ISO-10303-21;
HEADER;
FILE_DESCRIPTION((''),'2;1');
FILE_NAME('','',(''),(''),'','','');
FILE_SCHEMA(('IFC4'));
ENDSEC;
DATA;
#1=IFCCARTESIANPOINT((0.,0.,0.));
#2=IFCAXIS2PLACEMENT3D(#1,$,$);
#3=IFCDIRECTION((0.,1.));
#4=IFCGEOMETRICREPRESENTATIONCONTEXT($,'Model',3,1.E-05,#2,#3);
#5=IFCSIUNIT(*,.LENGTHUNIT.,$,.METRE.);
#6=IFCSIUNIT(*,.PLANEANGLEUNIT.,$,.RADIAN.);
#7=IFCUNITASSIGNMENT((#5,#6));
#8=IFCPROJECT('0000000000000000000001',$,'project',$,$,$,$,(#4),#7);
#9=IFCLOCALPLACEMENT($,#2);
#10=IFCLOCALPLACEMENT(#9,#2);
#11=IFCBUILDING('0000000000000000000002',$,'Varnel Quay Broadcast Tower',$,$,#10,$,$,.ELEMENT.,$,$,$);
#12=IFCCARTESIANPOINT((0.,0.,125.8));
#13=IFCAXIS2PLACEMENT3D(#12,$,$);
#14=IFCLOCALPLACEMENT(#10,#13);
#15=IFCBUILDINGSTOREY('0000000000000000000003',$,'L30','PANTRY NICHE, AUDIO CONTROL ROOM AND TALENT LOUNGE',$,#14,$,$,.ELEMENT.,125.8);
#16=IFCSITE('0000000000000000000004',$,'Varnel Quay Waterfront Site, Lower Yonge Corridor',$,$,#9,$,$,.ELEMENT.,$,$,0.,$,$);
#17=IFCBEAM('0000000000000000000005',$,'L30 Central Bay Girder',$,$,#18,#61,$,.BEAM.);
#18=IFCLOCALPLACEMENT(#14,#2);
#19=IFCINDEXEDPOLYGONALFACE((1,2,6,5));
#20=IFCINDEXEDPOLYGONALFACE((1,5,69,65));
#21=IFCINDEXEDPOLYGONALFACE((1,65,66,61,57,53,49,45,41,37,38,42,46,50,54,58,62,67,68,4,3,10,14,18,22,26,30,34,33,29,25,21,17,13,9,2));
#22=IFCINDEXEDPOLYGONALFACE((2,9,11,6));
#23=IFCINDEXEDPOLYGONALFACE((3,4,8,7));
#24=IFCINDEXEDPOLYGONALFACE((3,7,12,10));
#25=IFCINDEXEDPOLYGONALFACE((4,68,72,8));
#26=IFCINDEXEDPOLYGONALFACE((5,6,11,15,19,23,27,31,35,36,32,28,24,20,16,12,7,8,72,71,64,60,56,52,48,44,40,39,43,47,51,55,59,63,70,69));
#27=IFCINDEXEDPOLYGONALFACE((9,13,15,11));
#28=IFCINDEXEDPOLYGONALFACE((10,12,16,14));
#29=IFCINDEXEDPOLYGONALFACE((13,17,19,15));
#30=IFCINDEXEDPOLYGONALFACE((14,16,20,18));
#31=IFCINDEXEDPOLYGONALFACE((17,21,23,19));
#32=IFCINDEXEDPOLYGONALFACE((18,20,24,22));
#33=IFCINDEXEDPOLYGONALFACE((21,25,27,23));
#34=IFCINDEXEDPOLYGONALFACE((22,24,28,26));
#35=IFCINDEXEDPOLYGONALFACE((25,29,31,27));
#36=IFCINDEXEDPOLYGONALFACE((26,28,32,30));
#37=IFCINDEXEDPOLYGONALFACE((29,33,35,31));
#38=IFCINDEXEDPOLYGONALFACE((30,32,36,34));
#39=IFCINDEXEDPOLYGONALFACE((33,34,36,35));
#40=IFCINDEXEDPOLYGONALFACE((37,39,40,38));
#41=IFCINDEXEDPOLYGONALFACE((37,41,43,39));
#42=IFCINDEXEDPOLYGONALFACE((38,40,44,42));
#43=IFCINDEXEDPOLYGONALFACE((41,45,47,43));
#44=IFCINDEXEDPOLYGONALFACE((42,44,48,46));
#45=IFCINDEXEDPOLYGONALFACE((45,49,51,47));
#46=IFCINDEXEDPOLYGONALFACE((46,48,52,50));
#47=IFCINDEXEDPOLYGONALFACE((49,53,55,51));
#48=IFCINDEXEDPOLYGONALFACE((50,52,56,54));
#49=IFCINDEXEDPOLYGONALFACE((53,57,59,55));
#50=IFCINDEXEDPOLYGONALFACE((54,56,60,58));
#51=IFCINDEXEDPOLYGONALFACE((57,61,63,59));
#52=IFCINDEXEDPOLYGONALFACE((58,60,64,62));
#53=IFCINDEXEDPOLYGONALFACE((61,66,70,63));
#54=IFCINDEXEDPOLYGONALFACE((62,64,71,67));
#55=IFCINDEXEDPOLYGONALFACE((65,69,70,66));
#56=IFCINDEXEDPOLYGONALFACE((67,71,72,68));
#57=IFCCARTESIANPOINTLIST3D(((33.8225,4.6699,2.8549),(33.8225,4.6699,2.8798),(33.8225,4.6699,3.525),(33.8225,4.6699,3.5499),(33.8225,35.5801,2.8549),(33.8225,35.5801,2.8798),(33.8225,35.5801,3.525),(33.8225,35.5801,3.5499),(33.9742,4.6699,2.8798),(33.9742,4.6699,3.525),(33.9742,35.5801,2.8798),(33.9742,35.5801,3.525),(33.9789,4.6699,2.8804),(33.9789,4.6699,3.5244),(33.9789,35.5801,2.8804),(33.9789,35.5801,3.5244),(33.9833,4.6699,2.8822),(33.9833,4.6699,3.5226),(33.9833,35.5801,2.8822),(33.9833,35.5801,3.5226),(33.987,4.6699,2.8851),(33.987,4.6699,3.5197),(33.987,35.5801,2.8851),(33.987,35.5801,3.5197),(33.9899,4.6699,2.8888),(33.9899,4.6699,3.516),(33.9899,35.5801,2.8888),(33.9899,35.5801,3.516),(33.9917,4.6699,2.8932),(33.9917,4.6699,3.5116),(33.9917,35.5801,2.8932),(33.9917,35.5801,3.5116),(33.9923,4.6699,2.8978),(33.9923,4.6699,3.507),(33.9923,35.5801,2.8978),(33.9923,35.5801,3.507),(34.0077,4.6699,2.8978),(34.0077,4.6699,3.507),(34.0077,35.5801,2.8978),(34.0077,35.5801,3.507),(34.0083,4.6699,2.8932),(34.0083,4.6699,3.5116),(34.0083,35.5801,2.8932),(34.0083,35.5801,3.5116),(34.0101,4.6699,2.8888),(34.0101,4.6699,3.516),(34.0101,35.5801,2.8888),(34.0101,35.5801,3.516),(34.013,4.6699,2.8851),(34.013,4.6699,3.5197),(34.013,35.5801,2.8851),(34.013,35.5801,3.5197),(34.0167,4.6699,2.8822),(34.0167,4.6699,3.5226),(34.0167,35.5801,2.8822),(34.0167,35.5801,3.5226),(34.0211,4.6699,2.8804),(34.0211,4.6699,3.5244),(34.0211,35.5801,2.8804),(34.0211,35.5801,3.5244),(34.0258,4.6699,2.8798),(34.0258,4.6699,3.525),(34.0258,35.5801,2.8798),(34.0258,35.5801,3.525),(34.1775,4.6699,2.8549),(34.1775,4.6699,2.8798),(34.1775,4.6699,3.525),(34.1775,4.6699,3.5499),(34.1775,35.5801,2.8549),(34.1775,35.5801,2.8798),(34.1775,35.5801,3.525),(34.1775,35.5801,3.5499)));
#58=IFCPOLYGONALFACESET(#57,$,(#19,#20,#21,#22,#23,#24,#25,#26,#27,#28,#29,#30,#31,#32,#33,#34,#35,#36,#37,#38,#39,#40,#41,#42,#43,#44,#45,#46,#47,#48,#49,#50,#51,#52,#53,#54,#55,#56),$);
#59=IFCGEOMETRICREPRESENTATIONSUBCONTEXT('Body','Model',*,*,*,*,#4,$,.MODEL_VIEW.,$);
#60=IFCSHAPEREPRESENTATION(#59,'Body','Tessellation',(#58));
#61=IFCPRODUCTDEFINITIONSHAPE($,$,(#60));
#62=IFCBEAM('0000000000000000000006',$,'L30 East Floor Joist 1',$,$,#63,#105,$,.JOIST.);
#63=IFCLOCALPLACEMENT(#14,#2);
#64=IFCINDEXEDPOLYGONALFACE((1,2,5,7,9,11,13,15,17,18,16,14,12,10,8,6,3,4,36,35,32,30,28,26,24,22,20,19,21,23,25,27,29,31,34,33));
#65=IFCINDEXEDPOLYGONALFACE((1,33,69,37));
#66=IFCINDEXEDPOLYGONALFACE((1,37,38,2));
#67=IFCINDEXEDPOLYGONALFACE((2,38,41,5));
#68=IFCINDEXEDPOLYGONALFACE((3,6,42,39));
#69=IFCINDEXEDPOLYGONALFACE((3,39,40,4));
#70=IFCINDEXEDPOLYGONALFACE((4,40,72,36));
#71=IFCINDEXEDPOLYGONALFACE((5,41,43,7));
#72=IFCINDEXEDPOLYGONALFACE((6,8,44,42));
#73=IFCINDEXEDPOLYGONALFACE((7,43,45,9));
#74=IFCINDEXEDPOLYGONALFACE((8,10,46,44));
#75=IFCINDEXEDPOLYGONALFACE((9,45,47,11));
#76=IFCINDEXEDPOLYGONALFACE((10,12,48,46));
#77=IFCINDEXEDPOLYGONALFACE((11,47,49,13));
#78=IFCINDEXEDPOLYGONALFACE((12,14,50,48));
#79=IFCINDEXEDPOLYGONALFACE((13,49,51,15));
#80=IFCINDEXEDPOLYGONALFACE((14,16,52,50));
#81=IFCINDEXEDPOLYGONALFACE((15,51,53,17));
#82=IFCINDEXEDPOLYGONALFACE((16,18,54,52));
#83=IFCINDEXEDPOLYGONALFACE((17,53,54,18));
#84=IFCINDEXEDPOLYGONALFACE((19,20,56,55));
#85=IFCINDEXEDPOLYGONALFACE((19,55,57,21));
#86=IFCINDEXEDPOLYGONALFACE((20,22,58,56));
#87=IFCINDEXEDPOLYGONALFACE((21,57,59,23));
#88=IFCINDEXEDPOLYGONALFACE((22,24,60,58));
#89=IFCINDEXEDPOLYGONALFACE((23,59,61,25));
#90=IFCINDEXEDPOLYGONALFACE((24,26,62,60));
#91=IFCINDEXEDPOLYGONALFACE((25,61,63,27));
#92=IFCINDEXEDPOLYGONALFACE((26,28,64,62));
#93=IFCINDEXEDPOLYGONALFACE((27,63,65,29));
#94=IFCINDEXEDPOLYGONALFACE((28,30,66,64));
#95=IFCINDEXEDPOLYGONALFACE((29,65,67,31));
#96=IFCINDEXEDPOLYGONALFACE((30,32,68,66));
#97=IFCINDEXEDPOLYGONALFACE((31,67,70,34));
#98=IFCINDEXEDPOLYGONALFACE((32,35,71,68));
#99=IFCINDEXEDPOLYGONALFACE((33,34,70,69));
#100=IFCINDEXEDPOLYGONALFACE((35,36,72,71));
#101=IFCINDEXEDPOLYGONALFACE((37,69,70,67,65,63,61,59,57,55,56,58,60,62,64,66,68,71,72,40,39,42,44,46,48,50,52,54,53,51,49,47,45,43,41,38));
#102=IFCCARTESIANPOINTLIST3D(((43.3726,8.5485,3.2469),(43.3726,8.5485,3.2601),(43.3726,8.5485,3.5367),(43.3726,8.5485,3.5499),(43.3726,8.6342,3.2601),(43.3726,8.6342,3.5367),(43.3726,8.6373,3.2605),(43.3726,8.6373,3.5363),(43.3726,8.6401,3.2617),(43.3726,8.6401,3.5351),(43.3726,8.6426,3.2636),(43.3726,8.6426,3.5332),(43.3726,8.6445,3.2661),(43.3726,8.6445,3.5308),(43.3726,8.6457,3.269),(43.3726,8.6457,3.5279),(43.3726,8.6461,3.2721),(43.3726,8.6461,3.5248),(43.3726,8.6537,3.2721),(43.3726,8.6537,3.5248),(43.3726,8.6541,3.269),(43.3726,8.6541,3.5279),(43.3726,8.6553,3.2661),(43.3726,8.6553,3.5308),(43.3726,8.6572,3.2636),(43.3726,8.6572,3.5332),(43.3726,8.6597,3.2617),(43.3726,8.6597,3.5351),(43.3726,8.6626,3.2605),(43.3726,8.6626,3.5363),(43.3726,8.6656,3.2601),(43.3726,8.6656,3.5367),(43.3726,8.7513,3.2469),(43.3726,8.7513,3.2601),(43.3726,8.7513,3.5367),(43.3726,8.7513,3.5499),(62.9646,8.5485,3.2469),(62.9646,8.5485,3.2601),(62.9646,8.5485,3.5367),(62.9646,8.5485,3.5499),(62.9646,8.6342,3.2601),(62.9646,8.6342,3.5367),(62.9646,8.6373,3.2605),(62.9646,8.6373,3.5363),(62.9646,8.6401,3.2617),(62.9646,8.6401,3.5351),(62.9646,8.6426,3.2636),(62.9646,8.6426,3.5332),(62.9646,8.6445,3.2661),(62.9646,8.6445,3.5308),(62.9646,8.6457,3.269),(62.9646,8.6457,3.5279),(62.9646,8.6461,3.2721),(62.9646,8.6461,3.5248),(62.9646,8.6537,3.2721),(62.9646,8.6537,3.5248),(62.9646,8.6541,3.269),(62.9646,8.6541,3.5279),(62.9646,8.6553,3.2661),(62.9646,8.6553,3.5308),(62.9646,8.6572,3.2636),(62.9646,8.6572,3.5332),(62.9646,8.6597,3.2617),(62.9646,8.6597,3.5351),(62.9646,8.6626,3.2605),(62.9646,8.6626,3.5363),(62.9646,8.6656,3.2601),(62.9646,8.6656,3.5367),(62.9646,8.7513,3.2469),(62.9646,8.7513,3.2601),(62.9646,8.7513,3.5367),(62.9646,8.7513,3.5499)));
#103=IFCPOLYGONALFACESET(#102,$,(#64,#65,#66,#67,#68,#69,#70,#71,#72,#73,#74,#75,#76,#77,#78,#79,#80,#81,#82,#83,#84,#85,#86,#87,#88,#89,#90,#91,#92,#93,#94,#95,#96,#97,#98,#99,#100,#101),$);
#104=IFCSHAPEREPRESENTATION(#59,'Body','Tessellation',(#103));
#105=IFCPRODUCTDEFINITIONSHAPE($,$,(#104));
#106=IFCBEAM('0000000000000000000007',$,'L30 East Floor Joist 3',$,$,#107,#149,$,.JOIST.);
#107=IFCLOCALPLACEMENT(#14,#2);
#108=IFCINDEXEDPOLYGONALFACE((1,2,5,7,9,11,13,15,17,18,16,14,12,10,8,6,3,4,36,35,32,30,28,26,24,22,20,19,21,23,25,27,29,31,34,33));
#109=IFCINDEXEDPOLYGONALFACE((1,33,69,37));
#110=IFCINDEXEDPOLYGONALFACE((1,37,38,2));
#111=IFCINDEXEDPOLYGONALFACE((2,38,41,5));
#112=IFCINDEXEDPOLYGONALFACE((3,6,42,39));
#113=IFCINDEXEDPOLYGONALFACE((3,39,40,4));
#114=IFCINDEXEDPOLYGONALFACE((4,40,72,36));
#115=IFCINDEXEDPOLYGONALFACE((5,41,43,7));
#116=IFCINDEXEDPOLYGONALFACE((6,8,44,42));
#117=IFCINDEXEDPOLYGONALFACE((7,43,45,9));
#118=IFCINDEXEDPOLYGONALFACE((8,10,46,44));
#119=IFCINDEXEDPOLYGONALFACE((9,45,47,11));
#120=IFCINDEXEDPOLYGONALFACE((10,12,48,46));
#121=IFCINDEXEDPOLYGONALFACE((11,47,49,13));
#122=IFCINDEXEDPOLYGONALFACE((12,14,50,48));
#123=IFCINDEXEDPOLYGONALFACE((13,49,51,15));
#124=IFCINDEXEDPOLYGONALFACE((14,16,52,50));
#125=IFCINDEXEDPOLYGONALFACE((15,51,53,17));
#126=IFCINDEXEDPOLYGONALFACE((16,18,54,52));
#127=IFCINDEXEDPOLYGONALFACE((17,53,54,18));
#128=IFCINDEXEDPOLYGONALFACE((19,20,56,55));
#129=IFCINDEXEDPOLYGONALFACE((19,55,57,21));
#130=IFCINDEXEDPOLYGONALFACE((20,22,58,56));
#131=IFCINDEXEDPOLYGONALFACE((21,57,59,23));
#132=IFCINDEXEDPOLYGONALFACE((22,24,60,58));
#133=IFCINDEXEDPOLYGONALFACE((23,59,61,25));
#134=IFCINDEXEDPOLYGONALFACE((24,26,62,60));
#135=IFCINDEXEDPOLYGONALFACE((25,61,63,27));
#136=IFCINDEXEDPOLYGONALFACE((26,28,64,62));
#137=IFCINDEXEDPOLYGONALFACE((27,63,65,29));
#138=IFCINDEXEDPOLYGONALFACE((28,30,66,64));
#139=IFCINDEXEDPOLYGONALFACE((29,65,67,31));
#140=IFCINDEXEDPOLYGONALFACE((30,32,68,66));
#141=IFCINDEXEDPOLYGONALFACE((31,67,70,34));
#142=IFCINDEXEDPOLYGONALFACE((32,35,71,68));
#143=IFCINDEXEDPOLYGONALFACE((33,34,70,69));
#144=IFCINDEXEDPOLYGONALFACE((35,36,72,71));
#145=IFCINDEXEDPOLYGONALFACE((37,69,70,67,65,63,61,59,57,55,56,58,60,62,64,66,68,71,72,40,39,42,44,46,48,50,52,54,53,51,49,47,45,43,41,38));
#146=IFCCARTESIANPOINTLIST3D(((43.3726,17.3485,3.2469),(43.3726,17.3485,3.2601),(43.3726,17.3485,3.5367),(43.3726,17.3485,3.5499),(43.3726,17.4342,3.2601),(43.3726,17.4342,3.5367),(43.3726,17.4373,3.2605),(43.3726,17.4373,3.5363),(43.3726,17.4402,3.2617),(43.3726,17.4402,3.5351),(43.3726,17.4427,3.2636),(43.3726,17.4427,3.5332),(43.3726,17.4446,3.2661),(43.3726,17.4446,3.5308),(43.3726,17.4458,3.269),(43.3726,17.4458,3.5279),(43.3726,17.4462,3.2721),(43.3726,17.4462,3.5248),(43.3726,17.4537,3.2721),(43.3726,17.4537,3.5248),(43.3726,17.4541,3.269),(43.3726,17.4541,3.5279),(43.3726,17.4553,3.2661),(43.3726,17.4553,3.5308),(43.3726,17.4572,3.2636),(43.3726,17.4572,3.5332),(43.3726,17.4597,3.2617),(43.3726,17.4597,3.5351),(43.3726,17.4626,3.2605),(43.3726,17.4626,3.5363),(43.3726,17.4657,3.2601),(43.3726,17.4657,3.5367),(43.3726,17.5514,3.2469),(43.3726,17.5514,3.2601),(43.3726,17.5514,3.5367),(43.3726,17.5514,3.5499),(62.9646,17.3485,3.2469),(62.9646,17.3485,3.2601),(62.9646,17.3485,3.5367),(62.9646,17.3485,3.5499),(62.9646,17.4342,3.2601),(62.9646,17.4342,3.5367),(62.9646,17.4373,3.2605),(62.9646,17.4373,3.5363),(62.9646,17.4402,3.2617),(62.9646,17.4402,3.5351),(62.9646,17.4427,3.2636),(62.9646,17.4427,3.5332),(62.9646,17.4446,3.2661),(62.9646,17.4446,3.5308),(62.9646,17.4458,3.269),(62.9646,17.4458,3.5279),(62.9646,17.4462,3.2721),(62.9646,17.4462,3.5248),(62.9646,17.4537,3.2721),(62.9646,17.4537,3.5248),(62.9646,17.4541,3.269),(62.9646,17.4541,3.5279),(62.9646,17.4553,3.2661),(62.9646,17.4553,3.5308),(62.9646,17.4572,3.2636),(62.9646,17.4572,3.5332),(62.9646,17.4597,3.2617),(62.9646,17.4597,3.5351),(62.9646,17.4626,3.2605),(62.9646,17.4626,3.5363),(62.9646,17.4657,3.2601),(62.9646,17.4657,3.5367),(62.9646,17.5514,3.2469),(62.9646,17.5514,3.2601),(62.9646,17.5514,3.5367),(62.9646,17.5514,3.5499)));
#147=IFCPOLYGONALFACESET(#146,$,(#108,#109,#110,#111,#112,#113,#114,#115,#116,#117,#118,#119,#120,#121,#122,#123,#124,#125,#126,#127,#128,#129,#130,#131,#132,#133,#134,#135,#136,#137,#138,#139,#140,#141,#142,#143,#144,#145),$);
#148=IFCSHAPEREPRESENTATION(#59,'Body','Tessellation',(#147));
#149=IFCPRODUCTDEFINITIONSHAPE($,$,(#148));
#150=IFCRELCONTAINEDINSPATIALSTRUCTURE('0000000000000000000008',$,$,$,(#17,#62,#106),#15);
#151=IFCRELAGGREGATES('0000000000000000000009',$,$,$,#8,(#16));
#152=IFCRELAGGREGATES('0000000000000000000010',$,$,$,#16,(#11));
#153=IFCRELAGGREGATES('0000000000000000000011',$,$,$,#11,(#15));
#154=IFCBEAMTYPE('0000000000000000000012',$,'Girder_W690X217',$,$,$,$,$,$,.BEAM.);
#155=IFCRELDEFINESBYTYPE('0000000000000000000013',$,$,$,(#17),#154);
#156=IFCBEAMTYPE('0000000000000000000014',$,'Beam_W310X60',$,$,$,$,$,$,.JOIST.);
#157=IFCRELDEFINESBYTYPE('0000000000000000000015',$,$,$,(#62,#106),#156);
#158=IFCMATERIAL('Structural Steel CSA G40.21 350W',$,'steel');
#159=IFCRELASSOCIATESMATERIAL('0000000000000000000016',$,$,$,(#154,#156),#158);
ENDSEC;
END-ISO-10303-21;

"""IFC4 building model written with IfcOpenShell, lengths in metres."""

from ifc_helpers import new_model, si_unit, direction, frame, origin, origin_2d, place, context, subcontext, project, spatial, i_section, extrude, source, transform, mapped, material, material_profile, profile_set, type_object, type_shapes, element, save


model = new_model("IFC4")

# Units and contexts
model_context = context("Model", 3, precision=1e-05, world=origin(), true_north=direction((0.0, 1.0)))
body_context = subcontext(model_context, "Body", "Model", "MODEL_VIEW")
ifc_project = project(units=[si_unit("LENGTHUNIT", "METRE"), si_unit("PLANEANGLEUNIT", "RADIAN")], contexts=[model_context])

# Site, building, storey
site_placement = place(None, origin())
site = spatial("IfcSite", under=ifc_project, at=site_placement, Name="Varnel Quay Waterfront Site, Lower Yonge Corridor", CompositionType="ELEMENT", RefElevation=0.0)
building_placement = place(site_placement, origin())
building = spatial("IfcBuilding", under=site, at=building_placement, Name="Varnel Quay Broadcast Tower", CompositionType="ELEMENT")
storey_placement = place(building_placement, frame((0.0, 0.0, 125.8)))
storey = spatial("IfcBuildingStorey", under=building, at=storey_placement, Name="L30", Description="PANTRY NICHE, AUDIO CONTROL ROOM AND TALENT LOUNGE", CompositionType="ELEMENT", Elevation=125.8)

# Shared definitions
ifc_material_1 = material(Name="Structural Steel CSA G40.21 350W", Category="steel")

# Beams
ifc_material_profile_1 = material_profile(ifc_material_1, i_section(OverallWidth=0.355, OverallDepth=0.6951, WebThickness=0.0154, FlangeThickness=0.0249, FilletRadius=0.0181, at=origin_2d()), Name="W690X217")
ifc_profile_set_1 = profile_set([ifc_material_profile_1], Name="Structural Steel CSA G40.21 350W")
beam_type_1 = type_object("IfcBeamType", Name="Girder_W690X217", PredefinedType="BEAM", material=ifc_profile_set_1)
shared_shape_1 = source(origin(), body_context, "Body", "SweptSolid", [
    extrude(i_section(OverallWidth=0.355, OverallDepth=0.6951, WebThickness=0.0154, FlangeThickness=0.0249, FilletRadius=0.0181, at=origin_2d()), origin(), (0.0, 0.0, 1.0), 30.9102),
])
beam_1_placement = place(storey_placement, frame((34.0, 4.6699, 3.2024), z_axis=(0.0, 1.0, 0.0), x_axis=(-1.0, 0.0, 0.0)))
element("IfcBeam", 1, at=beam_1_placement, inside=storey, type_object=beam_type_1, Name="L30 Central Bay Girder", PredefinedType="BEAM", context=body_context, shape_type="MappedRepresentation", body=[
    mapped(shared_shape_1, transform((0.0, 0.0, 0.0), x_axis=(1.0, 0.0, 0.0), y_axis=(0.0, 1.0, 0.0), z_axis=(0.0, 0.0, 1.0), scale=1.0)),
])
ifc_material_profile_2 = material_profile(ifc_material_1, i_section(OverallWidth=0.2029, OverallDepth=0.303, WebThickness=0.0076, FlangeThickness=0.0132, FilletRadius=0.012, at=origin_2d()), Name="W310X60")
ifc_profile_set_2 = profile_set([ifc_material_profile_2], Name="Structural Steel CSA G40.21 350W")
beam_type_2 = type_object("IfcBeamType", Name="Beam_W310X60", PredefinedType="JOIST", material=ifc_profile_set_2)
shared_shape_2 = source(origin(), body_context, "Body", "SweptSolid", [
    extrude(i_section(OverallWidth=0.2029, OverallDepth=0.303, WebThickness=0.0076, FlangeThickness=0.0132, FilletRadius=0.012, at=origin_2d()), origin(), (0.0, 0.0, 1.0), 19.592),
])
type_shapes(beam_type_2, [shared_shape_2])
for number, where, z_axis, x_axis, name in (
    (2, (43.3726, 8.6499, 3.3984), (1.0, 0.0, 0.0), (0.0, 1.0, 0.0), "L30 East Floor Joist 1"),
    (3, (43.3726, 17.45, 3.3984), (1.0, 0.0, 0.0), (0.0, 1.0, 0.0), "L30 East Floor Joist 3"),
):
    element("IfcBeam", number, at=place(storey_placement, frame(where, z_axis=z_axis, x_axis=x_axis)), inside=storey, type_object=beam_type_2, Name=name, PredefinedType="JOIST", context=body_context, shape_type="MappedRepresentation", body=[
        mapped(shared_shape_2, transform((0.0, 0.0, 0.0), x_axis=(1.0, 0.0, 0.0), y_axis=(0.0, 1.0, 0.0), z_axis=(0.0, 0.0, 1.0), scale=1.0)),
    ])

save(model, "model.ifc")
